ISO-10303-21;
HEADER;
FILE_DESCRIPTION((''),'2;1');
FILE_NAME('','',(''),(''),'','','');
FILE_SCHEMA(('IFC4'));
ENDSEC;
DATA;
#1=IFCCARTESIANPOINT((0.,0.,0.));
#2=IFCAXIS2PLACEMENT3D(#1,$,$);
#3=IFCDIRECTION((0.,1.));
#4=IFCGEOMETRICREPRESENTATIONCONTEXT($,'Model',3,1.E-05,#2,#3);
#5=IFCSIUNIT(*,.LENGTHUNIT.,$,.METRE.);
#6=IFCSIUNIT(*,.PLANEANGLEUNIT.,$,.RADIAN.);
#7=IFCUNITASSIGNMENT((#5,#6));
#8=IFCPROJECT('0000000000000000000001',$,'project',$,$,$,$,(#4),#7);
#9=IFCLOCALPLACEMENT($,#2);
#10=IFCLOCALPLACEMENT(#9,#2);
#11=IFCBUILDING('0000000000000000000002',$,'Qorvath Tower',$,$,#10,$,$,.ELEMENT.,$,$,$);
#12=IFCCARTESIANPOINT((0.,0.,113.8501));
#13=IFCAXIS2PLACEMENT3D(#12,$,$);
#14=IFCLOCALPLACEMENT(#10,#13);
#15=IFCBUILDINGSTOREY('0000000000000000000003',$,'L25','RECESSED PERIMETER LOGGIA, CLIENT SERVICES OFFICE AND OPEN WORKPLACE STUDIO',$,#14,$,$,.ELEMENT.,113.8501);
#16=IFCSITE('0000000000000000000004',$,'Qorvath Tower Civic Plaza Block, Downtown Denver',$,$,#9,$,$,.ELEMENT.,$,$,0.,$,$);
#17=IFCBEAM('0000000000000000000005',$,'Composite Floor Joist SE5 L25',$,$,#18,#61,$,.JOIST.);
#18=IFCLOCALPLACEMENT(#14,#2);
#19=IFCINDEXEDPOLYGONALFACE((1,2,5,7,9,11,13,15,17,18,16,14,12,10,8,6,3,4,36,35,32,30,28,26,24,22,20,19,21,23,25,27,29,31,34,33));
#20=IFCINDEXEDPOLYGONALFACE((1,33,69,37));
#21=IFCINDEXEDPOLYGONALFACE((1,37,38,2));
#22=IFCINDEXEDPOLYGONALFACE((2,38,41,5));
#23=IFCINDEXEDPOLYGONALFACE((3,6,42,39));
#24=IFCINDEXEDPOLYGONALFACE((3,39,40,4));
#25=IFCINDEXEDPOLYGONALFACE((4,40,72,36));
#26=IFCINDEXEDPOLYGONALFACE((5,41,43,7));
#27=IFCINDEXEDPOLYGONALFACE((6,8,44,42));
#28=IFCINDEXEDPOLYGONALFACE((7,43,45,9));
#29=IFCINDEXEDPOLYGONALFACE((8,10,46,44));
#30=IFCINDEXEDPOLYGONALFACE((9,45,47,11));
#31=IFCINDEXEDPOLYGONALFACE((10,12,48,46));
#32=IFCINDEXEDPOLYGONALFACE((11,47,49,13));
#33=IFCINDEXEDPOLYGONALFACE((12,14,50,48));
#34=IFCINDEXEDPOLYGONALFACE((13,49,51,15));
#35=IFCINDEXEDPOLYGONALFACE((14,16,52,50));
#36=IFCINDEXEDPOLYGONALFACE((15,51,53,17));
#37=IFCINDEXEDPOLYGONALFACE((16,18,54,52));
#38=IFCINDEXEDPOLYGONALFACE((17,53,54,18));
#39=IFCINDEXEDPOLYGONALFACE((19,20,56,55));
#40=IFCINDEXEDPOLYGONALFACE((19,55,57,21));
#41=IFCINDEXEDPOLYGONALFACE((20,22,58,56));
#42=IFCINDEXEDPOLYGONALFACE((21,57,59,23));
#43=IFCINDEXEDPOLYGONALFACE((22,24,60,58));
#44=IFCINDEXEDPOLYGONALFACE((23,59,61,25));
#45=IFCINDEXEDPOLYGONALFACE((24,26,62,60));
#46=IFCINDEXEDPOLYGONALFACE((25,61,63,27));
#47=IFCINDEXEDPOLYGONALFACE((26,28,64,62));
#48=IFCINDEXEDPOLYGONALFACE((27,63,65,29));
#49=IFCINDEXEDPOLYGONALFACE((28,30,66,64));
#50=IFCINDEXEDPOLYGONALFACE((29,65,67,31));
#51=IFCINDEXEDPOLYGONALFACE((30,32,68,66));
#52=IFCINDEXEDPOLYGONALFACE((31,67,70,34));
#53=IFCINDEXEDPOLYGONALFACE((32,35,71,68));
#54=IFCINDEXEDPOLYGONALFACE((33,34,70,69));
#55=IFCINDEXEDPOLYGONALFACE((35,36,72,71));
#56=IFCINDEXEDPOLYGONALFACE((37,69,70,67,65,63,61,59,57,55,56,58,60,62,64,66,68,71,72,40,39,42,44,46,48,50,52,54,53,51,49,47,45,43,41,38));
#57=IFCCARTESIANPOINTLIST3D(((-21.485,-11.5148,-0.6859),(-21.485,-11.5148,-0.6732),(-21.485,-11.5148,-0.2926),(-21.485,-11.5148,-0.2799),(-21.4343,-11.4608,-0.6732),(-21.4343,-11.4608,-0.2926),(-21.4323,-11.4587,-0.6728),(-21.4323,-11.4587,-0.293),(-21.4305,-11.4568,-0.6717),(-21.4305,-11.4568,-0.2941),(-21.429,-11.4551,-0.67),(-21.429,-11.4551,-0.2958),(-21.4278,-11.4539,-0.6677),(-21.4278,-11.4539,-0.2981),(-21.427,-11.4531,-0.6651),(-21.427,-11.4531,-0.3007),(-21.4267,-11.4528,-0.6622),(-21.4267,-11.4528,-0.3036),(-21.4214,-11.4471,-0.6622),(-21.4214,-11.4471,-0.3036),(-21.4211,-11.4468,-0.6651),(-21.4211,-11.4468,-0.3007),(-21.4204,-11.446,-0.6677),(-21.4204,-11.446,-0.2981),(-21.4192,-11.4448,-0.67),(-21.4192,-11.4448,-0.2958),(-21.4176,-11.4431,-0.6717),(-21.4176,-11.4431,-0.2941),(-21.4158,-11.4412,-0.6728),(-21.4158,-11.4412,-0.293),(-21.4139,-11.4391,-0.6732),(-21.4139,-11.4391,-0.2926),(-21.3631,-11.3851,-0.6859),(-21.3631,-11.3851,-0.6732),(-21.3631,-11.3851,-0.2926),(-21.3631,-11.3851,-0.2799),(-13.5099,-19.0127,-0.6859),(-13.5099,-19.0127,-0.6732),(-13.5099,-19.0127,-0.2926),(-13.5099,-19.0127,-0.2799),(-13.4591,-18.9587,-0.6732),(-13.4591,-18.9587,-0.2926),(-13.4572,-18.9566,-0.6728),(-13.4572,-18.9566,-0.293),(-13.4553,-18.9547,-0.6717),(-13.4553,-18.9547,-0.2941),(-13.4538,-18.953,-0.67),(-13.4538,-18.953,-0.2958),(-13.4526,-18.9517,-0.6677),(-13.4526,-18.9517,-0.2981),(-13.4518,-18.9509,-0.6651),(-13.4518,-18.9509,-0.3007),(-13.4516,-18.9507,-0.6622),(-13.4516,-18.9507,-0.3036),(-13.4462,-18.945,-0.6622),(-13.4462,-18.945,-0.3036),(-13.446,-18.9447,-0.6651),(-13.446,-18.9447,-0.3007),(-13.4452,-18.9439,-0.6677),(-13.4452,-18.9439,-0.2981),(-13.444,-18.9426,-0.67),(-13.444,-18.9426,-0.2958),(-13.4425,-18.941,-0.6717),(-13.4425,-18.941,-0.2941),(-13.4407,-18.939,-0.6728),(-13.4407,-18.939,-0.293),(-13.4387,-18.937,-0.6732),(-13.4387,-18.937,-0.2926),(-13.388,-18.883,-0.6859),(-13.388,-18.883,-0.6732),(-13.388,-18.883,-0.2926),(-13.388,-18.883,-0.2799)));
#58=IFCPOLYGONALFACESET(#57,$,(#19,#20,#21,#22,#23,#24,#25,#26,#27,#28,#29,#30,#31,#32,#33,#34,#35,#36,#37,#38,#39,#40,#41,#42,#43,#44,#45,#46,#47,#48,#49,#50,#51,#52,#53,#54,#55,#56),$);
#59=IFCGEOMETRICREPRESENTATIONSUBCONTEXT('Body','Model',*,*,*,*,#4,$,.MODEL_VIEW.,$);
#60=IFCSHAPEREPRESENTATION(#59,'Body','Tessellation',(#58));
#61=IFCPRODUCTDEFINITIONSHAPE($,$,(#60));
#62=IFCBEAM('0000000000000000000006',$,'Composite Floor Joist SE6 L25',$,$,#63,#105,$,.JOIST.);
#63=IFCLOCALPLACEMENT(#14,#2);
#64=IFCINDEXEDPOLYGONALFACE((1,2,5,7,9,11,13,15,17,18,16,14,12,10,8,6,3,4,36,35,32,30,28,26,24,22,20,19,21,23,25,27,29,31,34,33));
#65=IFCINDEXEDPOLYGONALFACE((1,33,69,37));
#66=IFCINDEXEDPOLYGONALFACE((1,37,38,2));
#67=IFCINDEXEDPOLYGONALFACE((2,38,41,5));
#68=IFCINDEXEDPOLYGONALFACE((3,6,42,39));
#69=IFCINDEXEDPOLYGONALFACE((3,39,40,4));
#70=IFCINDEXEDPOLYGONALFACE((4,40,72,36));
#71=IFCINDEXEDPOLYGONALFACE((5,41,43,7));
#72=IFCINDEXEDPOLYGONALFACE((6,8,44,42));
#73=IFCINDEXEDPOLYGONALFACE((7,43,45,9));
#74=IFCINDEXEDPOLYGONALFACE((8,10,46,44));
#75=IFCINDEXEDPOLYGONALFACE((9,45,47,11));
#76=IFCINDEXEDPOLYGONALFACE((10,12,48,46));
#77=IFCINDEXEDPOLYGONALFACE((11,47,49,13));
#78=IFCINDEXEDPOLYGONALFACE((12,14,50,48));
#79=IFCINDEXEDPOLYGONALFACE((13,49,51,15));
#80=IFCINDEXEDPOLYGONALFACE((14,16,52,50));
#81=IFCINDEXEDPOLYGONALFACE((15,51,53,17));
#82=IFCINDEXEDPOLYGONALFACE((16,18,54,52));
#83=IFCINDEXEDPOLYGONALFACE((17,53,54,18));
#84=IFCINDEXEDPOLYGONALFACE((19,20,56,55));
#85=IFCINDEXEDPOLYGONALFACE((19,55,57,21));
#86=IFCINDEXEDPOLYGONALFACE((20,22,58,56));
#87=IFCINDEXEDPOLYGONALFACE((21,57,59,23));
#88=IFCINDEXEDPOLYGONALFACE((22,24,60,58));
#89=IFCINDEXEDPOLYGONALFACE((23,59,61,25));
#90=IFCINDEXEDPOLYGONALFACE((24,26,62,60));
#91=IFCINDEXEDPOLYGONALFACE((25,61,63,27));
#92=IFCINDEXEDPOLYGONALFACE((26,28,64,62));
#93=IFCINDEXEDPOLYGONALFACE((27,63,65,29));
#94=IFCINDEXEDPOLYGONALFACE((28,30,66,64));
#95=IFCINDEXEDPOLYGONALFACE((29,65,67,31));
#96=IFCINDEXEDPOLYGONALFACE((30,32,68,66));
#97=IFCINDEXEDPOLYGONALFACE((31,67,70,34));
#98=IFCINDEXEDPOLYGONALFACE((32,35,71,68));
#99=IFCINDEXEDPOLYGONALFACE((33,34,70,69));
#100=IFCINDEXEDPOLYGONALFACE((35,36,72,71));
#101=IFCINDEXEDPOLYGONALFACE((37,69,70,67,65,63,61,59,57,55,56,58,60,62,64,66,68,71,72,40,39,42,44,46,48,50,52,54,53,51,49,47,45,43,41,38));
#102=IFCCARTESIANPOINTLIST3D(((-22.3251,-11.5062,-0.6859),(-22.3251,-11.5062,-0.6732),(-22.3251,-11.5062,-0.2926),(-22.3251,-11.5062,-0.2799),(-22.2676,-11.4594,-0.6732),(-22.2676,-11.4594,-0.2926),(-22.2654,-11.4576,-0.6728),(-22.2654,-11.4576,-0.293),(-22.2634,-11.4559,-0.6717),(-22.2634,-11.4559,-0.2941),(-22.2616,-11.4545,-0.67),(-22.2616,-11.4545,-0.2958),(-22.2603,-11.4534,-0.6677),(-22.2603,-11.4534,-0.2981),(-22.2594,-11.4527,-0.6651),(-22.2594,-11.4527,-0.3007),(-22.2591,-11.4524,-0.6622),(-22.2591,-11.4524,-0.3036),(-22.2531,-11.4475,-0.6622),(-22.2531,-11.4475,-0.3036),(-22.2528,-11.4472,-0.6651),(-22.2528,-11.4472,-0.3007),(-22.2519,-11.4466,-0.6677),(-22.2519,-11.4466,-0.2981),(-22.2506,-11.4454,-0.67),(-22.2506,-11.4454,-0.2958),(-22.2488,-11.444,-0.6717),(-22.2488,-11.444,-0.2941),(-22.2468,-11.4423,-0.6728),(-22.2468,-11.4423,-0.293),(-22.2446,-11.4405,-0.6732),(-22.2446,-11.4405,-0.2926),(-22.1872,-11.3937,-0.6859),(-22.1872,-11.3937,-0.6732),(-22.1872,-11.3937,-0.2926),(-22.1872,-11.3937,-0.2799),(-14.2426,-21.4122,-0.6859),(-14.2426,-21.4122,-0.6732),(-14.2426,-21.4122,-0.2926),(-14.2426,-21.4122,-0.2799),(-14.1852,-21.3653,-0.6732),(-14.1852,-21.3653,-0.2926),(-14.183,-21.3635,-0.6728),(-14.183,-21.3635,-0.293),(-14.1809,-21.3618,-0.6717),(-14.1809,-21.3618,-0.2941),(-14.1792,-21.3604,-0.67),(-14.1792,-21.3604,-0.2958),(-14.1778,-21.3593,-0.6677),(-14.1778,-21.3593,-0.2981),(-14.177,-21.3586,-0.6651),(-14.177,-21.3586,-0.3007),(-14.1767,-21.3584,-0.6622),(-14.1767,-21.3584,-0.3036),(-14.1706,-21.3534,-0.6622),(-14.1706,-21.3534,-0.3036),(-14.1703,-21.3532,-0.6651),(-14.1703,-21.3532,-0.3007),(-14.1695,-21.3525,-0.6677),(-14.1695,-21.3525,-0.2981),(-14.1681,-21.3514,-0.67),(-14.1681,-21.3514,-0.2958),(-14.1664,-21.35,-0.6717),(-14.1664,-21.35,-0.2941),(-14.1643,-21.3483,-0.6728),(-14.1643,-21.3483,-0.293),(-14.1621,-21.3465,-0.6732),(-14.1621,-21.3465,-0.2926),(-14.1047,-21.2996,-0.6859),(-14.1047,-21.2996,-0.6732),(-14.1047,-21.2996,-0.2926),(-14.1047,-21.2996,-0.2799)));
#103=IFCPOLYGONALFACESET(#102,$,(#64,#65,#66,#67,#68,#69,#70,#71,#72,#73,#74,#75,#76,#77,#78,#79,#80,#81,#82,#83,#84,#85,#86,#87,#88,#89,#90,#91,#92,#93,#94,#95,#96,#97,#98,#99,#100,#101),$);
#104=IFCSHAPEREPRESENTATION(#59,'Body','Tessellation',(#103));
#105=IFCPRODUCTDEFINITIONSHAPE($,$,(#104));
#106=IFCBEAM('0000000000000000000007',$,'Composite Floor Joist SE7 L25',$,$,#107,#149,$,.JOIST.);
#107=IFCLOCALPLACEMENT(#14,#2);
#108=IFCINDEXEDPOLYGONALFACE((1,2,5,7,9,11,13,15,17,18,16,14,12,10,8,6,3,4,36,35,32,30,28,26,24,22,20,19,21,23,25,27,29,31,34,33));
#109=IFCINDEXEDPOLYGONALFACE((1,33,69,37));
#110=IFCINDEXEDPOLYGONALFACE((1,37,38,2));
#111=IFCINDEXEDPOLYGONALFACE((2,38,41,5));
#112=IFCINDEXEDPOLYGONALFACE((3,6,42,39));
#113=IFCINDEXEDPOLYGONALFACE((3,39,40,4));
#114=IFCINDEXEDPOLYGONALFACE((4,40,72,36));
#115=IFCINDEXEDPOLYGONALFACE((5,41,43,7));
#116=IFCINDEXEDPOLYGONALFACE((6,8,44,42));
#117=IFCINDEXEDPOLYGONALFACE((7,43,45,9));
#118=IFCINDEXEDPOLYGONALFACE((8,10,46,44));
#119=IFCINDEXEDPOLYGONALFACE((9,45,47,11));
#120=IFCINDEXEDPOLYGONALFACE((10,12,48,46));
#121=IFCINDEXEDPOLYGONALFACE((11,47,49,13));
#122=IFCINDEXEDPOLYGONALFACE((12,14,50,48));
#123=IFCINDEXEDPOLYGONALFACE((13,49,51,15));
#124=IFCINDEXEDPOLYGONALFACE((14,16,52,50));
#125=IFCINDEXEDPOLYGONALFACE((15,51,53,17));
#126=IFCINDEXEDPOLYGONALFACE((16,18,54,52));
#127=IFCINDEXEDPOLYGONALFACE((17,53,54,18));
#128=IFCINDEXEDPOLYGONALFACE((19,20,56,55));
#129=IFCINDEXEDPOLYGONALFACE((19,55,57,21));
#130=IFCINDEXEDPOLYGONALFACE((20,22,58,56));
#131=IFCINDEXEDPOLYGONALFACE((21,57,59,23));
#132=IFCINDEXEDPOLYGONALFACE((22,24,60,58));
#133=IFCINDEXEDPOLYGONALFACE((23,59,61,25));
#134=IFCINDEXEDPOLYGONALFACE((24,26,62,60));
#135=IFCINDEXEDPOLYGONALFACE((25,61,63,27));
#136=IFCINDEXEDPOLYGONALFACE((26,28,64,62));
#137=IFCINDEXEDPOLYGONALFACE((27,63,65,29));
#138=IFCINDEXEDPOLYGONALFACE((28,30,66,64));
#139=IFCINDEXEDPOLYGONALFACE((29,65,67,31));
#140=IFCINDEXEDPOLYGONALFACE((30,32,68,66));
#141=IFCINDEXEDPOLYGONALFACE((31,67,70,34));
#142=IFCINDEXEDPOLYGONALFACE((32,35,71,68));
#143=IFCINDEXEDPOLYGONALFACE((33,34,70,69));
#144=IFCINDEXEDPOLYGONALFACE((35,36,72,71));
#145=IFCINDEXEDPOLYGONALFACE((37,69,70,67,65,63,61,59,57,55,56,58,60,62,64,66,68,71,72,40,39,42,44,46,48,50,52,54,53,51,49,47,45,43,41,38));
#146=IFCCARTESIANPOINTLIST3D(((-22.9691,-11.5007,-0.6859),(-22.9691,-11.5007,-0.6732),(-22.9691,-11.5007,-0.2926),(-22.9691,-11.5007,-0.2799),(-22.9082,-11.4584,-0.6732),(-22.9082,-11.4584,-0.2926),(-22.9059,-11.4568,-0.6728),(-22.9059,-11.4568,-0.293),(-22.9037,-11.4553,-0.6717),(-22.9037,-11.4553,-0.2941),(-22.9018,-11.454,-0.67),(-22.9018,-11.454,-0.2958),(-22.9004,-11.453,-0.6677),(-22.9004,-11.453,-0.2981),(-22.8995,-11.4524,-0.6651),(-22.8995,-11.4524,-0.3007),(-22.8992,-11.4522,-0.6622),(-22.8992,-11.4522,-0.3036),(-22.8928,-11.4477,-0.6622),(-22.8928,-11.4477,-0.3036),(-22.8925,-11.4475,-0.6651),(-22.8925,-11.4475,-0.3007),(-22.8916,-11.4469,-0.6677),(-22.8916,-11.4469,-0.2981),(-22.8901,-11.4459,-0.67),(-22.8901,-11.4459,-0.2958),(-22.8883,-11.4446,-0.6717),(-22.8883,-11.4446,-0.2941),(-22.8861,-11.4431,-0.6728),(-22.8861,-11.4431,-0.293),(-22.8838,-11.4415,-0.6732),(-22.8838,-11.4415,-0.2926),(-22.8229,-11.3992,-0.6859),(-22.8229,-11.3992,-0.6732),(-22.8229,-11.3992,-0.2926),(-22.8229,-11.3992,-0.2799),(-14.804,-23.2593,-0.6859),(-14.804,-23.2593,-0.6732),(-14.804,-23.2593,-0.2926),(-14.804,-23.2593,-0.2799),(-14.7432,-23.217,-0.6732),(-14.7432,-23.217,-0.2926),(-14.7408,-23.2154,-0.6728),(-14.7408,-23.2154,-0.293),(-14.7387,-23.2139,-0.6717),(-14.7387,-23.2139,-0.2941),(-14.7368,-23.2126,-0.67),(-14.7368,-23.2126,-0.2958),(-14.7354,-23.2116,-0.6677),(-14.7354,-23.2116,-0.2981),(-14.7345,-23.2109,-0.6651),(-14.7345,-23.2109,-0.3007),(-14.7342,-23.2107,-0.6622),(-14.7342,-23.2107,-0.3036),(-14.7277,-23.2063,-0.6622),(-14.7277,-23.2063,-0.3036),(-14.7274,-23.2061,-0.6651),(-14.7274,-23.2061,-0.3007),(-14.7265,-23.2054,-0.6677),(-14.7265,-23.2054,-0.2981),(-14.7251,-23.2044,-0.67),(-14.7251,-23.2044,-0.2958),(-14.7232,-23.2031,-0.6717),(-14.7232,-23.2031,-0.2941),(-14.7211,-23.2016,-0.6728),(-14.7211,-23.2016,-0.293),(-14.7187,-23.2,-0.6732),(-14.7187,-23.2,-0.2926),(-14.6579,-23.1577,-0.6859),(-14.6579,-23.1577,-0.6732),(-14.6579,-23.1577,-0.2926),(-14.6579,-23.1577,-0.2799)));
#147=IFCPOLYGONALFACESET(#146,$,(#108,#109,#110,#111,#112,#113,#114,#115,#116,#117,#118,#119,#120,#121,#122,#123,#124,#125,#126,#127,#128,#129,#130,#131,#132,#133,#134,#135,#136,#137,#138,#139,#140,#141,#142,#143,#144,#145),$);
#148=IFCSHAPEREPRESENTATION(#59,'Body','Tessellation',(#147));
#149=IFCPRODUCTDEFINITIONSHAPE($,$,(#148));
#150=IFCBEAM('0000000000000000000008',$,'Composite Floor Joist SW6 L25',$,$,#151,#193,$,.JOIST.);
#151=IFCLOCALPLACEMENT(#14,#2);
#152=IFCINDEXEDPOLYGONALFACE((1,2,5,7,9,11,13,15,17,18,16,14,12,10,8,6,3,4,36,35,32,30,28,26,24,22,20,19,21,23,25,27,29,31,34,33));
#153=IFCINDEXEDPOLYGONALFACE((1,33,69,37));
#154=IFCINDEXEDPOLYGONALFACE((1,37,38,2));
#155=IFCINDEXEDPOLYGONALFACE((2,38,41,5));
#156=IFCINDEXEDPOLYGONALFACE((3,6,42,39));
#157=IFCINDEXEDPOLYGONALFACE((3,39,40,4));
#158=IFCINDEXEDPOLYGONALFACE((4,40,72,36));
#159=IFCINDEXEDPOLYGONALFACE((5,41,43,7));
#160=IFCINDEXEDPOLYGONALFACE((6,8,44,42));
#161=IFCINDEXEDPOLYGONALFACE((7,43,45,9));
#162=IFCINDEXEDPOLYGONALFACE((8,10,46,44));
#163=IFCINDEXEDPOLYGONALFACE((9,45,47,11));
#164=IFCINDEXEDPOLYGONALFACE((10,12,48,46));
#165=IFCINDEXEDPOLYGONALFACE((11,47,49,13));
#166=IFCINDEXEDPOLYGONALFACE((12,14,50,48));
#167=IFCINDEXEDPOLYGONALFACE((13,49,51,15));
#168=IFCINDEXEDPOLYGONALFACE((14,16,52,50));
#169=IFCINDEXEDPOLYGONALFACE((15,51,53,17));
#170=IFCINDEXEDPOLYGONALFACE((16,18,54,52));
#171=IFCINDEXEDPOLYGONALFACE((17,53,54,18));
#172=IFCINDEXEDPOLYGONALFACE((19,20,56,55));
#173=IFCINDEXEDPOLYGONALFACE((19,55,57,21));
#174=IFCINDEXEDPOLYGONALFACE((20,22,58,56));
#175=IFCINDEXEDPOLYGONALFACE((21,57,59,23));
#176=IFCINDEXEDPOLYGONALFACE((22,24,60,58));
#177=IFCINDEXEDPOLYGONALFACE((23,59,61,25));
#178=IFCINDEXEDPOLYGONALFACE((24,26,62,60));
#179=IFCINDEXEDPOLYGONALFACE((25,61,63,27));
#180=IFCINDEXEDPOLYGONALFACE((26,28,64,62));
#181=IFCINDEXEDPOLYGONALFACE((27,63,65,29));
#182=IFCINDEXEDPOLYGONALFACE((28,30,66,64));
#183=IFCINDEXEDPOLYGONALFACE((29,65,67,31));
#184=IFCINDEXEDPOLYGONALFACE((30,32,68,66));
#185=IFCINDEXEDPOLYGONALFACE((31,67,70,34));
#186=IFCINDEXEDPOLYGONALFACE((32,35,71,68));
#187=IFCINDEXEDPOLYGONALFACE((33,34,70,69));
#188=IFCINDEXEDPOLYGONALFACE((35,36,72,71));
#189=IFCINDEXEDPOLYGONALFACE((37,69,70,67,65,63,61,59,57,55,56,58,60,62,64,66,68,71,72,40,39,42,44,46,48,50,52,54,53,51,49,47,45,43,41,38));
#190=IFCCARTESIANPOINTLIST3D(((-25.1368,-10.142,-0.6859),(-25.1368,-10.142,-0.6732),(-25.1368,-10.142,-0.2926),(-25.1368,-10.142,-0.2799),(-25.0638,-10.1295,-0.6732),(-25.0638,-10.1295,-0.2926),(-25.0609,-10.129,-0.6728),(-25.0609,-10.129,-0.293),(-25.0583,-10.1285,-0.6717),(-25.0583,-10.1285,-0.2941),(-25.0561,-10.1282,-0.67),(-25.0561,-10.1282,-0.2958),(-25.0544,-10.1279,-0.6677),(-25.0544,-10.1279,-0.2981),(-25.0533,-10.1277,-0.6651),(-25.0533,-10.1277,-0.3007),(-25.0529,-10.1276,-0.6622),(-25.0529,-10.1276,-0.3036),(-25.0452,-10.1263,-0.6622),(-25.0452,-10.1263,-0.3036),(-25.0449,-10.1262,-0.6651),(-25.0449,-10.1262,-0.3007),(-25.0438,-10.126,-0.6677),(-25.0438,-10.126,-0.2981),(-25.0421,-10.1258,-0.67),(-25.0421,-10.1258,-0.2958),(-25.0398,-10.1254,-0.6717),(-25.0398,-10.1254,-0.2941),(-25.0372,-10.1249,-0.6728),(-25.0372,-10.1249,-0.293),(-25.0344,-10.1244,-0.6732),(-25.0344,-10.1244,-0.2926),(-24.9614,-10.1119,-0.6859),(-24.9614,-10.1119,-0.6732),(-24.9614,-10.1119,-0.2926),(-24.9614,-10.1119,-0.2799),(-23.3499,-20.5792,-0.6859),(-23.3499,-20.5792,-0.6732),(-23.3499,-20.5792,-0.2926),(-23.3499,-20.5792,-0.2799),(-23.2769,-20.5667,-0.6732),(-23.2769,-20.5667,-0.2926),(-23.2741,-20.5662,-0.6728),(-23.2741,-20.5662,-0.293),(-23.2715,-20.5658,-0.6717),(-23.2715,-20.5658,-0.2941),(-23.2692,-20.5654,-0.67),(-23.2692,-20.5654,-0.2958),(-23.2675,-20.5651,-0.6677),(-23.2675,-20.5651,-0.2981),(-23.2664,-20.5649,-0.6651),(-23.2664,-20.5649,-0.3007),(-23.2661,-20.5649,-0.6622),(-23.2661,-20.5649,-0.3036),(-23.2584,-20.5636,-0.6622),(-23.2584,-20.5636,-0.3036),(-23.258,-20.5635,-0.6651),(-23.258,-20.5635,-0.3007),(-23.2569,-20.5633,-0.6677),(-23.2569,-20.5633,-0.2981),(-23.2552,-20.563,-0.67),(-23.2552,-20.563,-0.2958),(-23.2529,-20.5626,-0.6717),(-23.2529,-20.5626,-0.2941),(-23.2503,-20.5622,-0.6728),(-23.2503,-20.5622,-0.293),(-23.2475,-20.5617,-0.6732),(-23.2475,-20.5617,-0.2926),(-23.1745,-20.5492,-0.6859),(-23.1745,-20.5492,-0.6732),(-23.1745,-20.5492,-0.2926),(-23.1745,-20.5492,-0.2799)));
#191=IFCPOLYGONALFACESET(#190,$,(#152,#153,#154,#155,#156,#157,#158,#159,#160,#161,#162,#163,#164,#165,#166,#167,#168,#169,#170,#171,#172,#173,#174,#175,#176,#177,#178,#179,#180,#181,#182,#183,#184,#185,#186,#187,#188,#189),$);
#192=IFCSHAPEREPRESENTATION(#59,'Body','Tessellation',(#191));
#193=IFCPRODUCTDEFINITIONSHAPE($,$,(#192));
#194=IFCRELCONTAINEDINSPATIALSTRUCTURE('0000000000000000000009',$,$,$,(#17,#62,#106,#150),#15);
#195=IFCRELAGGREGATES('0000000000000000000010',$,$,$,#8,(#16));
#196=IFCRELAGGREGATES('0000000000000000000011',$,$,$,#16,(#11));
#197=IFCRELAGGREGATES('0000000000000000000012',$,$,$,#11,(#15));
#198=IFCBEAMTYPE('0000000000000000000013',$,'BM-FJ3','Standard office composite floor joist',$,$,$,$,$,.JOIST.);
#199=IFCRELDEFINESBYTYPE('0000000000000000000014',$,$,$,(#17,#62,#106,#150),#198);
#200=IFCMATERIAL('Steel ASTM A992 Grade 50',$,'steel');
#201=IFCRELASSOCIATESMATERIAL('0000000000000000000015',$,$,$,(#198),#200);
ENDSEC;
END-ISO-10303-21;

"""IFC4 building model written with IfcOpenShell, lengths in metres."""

from ifc_helpers import new_model, si_unit, direction, frame, origin, origin_2d, place, context, subcontext, project, spatial, i_section, extrude, material, material_profile, profile_set, type_object, element, save


model = new_model("IFC4")

# Units and contexts
model_context = context("Model", 3, precision=1e-05, world=origin(), true_north=direction((0.0, 1.0)))
body_context = subcontext(model_context, "Body", "Model", "MODEL_VIEW")
ifc_project = project(units=[si_unit("LENGTHUNIT", "METRE"), si_unit("PLANEANGLEUNIT", "RADIAN")], contexts=[model_context])

# Site, building, storey
site_placement = place(None, origin())
site = spatial("IfcSite", under=ifc_project, at=site_placement, Name="Qorvath Tower Civic Plaza Block, Downtown Denver", CompositionType="ELEMENT", RefElevation=0.0)
building_placement = place(site_placement, origin())
building = spatial("IfcBuilding", under=site, at=building_placement, Name="Qorvath Tower", CompositionType="ELEMENT")
storey_placement = place(building_placement, frame((0.0, 0.0, 113.8501)))
storey = spatial("IfcBuildingStorey", under=building, at=storey_placement, Name="L25", Description="RECESSED PERIMETER LOGGIA, CLIENT SERVICES OFFICE AND OPEN WORKPLACE STUDIO", CompositionType="ELEMENT", Elevation=113.8501)

# Beams
ifc_material_1 = material(Name="Steel ASTM A992 Grade 50", Category="steel")
ifc_material_profile_1 = material_profile(ifc_material_1, i_section(OverallWidth=0.178, OverallDepth=0.406, WebThickness=0.0078, FlangeThickness=0.0127, FilletRadius=0.011, at=origin_2d()), Name="W16x40")
ifc_profile_set_1 = profile_set([ifc_material_profile_1], Name="Steel ASTM A992 Grade 50")
beam_type_1 = type_object("IfcBeamType", Name="BM-FJ3", Description="Standard office composite floor joist", PredefinedType="JOIST", material=ifc_profile_set_1)
beam_1_placement = place(storey_placement, frame((-21.4241, -11.45, -0.4829), z_axis=(0.728572, -0.684969, 0.0), x_axis=(0.684969, 0.728572, 0.0)))
element("IfcBeam", 1, at=beam_1_placement, inside=storey, type_object=beam_type_1, Name="Composite Floor Joist SE5 L25", PredefinedType="JOIST", context=body_context, shape_type="SweptSolid", body=[
    extrude(i_section(OverallWidth=0.178, OverallDepth=0.406, WebThickness=0.0078, FlangeThickness=0.0127, FilletRadius=0.011, at=origin_2d()), origin(), (0.0, 0.0, 1.0), 10.9463),
])
beam_2_placement = place(storey_placement, frame((-22.2561, -11.45, -0.4829), z_axis=(0.632188, -0.774815, 0.0), x_axis=(0.774815, 0.632188, 0.0)))
element("IfcBeam", 2, at=beam_2_placement, inside=storey, type_object=beam_type_1, Name="Composite Floor Joist SE6 L25", PredefinedType="JOIST", context=body_context, shape_type="SweptSolid", body=[
    extrude(i_section(OverallWidth=0.178, OverallDepth=0.406, WebThickness=0.0078, FlangeThickness=0.0127, FilletRadius=0.011, at=origin_2d()), origin(), (0.0, 0.0, 1.0), 12.7849),
])
beam_3_placement = place(storey_placement, frame((-22.896, -11.45, -0.4829), z_axis=(0.570367, -0.82139, 0.0), x_axis=(0.82139, 0.570367, 0.0)))
element("IfcBeam", 3, at=beam_3_placement, inside=storey, type_object=beam_type_1, Name="Composite Floor Joist SE7 L25", PredefinedType="JOIST", context=body_context, shape_type="SweptSolid", body=[
    extrude(i_section(OverallWidth=0.178, OverallDepth=0.406, WebThickness=0.0078, FlangeThickness=0.0127, FilletRadius=0.011, at=origin_2d()), origin(), (0.0, 0.0, 1.0), 14.3154),
])
beam_4_placement = place(storey_placement, frame((-25.0491, -10.127, -0.4829), z_axis=(0.168746, -0.98566, 0.0), x_axis=(0.98566, 0.168746, 0.0)))
element("IfcBeam", 4, at=beam_4_placement, inside=storey, type_object=beam_type_1, Name="Composite Floor Joist SW6 L25", PredefinedType="JOIST", context=body_context, shape_type="SweptSolid", body=[
    extrude(i_section(OverallWidth=0.178, OverallDepth=0.406, WebThickness=0.0078, FlangeThickness=0.0127, FilletRadius=0.011, at=origin_2d()), origin(), (0.0, 0.0, 1.0), 10.5891),
])

save(model, "model.ifc")
